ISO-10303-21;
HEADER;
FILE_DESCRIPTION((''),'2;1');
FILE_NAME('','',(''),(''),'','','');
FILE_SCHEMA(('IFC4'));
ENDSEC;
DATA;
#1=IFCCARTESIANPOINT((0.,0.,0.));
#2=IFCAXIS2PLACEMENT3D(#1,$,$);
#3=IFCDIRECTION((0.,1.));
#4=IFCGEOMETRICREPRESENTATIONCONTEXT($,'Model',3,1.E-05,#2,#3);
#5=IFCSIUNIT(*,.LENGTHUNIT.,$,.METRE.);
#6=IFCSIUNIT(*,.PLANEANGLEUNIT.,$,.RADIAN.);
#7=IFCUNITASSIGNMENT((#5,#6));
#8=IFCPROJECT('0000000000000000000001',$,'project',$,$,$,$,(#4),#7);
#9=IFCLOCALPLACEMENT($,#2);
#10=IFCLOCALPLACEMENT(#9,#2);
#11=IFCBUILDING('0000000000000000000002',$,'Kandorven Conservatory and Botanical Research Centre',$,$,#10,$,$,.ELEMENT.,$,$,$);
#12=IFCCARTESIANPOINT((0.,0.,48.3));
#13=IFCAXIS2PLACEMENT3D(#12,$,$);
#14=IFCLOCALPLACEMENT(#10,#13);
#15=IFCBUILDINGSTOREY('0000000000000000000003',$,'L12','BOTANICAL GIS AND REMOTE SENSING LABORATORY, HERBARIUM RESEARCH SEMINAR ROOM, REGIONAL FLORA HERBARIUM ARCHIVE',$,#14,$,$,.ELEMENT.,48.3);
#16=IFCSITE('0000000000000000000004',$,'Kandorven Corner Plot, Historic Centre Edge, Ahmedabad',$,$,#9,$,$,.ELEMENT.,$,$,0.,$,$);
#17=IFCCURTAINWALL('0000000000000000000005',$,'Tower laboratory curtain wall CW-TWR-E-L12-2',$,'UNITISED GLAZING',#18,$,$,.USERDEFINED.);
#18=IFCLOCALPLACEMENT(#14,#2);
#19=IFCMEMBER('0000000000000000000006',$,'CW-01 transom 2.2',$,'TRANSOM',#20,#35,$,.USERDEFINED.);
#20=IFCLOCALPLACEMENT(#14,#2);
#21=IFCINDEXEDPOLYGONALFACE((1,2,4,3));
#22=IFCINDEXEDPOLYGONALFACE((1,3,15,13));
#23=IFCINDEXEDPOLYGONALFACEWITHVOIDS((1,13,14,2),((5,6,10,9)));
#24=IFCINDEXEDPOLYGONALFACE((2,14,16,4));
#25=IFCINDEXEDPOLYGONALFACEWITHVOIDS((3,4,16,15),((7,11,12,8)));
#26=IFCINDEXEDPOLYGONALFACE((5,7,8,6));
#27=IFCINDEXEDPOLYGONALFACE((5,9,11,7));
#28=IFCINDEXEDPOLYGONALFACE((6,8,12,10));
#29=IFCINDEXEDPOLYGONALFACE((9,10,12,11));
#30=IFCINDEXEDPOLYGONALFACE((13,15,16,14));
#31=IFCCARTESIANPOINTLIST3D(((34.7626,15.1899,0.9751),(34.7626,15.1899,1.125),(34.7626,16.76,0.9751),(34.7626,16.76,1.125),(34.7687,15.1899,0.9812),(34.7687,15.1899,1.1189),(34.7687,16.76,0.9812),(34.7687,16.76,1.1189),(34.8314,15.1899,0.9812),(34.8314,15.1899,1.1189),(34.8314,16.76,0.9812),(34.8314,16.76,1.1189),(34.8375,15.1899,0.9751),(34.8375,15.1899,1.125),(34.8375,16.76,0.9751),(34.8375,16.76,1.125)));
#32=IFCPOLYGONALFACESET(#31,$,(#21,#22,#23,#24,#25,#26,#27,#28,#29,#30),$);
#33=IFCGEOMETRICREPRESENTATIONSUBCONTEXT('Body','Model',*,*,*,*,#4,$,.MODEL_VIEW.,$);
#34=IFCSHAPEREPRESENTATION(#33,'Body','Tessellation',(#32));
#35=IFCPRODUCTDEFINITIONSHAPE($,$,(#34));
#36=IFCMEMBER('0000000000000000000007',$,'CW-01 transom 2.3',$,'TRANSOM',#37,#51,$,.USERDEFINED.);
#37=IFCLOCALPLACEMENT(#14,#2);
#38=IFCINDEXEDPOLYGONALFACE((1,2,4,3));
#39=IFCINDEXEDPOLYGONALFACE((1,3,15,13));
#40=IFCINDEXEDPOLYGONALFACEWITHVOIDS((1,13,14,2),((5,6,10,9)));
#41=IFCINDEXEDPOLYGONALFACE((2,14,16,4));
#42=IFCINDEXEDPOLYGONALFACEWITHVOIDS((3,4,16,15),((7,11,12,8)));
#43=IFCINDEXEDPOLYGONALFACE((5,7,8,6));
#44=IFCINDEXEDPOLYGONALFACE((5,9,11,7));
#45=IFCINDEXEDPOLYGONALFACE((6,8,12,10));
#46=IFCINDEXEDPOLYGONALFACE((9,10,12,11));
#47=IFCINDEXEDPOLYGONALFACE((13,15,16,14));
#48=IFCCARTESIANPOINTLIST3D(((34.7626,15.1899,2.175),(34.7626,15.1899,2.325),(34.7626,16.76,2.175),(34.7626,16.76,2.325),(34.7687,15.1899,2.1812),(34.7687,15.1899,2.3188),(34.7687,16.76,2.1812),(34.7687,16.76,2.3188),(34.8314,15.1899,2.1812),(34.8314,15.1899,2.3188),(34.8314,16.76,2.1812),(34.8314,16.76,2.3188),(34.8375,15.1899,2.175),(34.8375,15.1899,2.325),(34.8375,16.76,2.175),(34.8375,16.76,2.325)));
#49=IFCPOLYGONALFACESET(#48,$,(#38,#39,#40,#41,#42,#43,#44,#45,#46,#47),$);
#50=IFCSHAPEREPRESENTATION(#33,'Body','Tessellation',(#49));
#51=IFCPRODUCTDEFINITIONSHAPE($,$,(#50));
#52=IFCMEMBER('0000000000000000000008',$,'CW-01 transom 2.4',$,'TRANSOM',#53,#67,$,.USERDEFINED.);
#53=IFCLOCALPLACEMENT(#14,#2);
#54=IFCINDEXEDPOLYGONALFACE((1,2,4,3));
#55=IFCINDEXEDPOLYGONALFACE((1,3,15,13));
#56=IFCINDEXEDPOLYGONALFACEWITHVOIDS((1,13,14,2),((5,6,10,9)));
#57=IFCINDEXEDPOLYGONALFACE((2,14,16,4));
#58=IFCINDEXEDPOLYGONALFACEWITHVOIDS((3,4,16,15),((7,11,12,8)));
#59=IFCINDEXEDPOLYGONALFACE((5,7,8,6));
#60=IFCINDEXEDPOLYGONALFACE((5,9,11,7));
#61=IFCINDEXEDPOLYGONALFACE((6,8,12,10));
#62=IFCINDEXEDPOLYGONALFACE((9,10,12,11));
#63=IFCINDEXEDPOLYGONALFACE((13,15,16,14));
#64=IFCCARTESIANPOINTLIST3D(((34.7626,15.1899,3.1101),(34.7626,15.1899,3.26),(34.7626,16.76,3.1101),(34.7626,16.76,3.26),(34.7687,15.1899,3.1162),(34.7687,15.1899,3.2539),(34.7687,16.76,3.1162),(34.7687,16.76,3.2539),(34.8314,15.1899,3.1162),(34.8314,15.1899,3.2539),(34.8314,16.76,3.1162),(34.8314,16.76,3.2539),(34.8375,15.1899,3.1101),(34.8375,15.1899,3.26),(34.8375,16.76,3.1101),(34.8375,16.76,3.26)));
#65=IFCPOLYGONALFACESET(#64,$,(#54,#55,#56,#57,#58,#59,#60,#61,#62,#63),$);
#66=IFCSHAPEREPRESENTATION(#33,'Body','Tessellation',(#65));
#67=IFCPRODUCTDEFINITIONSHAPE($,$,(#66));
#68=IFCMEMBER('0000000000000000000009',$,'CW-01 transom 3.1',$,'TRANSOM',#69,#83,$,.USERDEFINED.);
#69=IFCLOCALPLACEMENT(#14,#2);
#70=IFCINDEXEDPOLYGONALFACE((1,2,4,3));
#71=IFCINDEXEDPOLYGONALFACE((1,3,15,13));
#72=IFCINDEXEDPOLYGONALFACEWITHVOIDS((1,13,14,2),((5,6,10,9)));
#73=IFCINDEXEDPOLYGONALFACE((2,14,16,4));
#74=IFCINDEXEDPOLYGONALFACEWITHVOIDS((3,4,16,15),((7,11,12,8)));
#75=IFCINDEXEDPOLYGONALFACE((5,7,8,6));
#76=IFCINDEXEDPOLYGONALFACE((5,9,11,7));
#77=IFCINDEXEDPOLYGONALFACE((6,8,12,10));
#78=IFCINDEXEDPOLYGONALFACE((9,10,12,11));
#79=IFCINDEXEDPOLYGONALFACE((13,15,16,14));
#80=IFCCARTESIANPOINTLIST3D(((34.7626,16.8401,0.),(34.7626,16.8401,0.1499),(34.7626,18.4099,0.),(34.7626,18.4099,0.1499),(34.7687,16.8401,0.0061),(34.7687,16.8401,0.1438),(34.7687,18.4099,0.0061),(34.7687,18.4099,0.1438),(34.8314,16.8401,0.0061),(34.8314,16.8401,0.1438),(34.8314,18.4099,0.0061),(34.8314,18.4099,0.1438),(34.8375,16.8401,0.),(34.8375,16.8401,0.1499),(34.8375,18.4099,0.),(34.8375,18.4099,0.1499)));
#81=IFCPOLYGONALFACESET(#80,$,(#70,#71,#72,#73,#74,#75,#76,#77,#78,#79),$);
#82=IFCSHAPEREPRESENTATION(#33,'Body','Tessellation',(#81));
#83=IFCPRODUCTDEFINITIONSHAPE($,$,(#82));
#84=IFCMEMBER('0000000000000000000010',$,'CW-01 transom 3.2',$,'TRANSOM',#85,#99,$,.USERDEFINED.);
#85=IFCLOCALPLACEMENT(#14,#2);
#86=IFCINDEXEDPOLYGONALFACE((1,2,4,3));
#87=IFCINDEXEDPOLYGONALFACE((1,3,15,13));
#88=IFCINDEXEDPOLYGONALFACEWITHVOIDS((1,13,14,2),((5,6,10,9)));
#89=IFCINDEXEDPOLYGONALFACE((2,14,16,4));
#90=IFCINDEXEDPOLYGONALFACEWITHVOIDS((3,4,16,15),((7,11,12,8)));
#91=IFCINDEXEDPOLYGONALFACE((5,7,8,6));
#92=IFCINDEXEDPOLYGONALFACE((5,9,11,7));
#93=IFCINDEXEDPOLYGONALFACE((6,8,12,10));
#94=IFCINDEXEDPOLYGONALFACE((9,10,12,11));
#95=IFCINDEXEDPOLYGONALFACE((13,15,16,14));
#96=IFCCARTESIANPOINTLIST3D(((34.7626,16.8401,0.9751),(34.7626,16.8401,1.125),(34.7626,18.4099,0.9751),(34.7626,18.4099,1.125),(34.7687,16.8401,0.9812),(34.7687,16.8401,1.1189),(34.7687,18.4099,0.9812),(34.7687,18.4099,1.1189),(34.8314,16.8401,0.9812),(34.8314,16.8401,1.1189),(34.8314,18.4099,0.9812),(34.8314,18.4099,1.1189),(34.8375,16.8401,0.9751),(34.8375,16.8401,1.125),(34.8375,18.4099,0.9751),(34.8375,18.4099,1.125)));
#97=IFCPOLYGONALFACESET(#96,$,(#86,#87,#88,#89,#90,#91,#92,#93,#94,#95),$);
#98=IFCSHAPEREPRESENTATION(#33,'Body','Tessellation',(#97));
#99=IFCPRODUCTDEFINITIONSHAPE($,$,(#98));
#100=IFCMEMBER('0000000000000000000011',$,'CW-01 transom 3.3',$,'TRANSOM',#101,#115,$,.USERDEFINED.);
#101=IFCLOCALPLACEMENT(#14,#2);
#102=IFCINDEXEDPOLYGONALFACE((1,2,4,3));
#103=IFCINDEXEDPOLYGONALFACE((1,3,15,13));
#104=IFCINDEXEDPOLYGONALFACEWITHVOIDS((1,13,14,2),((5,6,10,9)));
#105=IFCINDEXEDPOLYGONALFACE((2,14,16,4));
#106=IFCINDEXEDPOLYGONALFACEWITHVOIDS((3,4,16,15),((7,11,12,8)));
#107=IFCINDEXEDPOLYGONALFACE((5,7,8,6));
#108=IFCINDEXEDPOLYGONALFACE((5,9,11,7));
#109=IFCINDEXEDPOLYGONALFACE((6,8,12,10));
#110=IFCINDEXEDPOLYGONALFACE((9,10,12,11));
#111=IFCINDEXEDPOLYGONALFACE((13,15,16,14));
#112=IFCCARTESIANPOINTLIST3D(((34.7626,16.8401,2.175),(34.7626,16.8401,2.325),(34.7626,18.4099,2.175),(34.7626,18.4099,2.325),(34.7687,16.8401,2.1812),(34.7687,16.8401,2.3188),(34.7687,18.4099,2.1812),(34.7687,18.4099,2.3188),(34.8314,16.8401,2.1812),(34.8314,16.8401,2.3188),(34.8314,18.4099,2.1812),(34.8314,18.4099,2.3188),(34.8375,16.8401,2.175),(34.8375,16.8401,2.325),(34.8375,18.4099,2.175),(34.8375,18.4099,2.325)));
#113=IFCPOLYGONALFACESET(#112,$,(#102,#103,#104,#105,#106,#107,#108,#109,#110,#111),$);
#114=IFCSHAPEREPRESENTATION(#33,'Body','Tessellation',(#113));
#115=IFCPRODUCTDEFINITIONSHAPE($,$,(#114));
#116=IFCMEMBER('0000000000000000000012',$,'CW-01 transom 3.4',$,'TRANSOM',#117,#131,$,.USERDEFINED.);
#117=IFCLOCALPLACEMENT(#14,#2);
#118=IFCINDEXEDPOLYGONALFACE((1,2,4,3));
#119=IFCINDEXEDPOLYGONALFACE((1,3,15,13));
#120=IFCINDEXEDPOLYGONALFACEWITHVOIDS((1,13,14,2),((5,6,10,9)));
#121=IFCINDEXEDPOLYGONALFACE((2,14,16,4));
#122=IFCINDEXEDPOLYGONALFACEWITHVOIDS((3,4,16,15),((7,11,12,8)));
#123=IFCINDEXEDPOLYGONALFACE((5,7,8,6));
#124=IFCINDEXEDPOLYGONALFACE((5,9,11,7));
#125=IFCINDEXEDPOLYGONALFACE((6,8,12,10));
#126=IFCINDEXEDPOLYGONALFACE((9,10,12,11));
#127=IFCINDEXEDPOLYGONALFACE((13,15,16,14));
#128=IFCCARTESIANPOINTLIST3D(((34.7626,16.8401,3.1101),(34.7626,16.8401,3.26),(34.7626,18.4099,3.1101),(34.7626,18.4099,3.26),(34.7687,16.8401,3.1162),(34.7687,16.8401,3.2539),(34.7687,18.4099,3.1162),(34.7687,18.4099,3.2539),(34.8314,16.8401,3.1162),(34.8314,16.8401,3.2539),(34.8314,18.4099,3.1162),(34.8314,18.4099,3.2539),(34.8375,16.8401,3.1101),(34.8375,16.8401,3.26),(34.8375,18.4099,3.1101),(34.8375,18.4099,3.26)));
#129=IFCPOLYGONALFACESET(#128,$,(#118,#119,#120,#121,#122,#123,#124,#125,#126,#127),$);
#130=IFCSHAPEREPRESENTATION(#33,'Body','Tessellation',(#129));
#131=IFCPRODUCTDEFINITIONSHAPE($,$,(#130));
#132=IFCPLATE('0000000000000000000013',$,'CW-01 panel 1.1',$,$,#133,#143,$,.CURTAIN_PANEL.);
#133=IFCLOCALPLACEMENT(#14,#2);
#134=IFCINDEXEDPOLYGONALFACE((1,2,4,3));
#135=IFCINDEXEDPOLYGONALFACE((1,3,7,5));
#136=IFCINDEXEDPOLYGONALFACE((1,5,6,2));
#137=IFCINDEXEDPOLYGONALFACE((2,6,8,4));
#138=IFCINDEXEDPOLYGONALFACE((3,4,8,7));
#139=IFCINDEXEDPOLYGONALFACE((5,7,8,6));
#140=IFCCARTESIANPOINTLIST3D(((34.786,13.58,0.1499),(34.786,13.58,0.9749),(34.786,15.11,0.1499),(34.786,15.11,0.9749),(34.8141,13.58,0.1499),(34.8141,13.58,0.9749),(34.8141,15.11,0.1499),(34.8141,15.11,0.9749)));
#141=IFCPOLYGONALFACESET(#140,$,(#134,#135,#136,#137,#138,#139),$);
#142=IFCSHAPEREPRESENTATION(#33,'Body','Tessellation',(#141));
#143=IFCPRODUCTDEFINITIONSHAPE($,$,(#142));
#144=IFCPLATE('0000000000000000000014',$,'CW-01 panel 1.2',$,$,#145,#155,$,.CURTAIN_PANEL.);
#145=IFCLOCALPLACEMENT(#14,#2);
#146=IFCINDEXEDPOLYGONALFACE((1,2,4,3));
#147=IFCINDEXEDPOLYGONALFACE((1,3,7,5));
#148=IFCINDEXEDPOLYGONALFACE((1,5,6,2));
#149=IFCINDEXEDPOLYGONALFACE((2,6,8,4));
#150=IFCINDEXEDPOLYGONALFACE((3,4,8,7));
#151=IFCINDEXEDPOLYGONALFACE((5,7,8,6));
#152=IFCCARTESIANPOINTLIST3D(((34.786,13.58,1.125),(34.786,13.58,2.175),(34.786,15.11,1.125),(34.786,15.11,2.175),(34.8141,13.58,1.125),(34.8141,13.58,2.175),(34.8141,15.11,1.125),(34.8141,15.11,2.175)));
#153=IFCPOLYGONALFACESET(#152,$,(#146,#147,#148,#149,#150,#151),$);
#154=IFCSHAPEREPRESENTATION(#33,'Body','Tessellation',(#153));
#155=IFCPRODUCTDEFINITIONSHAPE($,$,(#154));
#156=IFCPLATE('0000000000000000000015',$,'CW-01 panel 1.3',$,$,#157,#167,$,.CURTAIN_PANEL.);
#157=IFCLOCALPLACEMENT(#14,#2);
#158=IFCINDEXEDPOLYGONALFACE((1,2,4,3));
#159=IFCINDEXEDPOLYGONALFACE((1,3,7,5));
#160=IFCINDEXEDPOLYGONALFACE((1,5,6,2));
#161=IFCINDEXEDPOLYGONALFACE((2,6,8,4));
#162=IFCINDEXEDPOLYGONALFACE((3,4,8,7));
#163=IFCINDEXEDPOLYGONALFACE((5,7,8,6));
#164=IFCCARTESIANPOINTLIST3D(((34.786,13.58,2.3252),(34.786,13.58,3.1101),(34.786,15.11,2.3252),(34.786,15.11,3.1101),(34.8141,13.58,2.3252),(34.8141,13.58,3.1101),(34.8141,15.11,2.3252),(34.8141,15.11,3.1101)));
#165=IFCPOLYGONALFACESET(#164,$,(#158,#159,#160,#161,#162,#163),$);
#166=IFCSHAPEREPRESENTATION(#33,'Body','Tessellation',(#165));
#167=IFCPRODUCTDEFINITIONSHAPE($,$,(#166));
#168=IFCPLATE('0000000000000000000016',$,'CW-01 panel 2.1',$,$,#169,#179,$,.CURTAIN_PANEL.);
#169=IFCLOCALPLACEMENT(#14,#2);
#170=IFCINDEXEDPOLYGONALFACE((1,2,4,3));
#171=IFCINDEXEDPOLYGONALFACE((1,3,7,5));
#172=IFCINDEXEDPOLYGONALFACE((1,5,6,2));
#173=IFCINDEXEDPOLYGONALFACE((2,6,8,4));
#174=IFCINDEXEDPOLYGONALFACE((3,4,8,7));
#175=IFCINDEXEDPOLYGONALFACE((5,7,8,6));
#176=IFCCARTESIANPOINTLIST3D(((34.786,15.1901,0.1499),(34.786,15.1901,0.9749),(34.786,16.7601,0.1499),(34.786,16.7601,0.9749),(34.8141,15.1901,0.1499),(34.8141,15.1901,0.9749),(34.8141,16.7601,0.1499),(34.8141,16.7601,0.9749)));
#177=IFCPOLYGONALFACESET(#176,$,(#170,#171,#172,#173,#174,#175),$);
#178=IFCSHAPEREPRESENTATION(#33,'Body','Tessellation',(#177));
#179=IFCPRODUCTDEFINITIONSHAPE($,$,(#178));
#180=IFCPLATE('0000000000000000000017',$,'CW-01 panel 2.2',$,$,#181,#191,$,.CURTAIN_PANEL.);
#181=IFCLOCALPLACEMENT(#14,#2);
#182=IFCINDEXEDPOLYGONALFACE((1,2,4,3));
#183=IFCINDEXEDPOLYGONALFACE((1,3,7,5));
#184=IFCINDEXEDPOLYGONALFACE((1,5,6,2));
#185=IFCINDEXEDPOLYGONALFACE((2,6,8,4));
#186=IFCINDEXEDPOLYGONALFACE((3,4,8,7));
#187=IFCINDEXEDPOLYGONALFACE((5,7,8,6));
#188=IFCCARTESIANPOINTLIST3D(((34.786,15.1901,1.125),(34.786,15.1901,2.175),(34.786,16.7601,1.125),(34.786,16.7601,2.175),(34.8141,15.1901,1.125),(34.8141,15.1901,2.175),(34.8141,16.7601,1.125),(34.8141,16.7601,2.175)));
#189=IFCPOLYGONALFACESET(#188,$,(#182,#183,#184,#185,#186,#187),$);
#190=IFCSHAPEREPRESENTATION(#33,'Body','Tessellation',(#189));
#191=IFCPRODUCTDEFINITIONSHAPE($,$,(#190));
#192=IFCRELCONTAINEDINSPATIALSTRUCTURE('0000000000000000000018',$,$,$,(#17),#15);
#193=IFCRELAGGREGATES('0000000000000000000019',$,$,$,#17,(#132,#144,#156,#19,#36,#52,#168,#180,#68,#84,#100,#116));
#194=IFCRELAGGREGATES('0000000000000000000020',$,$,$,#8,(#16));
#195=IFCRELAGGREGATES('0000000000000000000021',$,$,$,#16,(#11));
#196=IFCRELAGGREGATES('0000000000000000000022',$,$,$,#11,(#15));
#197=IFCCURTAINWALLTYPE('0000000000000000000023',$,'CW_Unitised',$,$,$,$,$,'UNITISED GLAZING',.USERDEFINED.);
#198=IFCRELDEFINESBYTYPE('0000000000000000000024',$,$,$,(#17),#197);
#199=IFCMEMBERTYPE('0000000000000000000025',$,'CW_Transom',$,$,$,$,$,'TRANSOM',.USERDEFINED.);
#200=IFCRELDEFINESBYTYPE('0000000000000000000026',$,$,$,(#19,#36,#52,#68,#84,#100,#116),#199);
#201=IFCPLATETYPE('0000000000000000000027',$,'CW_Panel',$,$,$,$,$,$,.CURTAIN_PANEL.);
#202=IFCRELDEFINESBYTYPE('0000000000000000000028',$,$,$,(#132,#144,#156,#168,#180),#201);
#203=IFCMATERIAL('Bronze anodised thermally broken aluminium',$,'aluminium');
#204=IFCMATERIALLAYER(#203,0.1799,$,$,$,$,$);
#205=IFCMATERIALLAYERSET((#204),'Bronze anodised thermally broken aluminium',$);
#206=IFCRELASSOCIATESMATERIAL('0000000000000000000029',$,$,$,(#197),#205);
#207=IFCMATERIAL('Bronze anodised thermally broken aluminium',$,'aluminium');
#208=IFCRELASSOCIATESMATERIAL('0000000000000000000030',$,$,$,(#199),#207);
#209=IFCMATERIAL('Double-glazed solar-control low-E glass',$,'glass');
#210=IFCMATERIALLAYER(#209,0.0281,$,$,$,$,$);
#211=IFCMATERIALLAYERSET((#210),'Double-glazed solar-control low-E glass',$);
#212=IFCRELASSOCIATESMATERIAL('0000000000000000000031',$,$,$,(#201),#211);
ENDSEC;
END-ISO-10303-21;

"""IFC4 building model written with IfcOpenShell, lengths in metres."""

from ifc_helpers import new_model, si_unit, direction, frame, origin, origin_2d, place, context, subcontext, project, spatial, rectangle, hollow_rectangle, extrude, material, layer, layer_set, material_profile, profile_set, type_object, element, aggregate, save


model = new_model("IFC4")

# Units and contexts
model_context = context("Model", 3, precision=1e-05, world=origin(), true_north=direction((0.0, 1.0)))
body_context = subcontext(model_context, "Body", "Model", "MODEL_VIEW")
ifc_project = project(units=[si_unit("LENGTHUNIT", "METRE"), si_unit("PLANEANGLEUNIT", "RADIAN")], contexts=[model_context])

# Site, building, storey
site_placement = place(None, origin())
site = spatial("IfcSite", under=ifc_project, at=site_placement, Name="Kandorven Corner Plot, Historic Centre Edge, Ahmedabad", CompositionType="ELEMENT", RefElevation=0.0)
building_placement = place(site_placement, origin())
building = spatial("IfcBuilding", under=site, at=building_placement, Name="Kandorven Conservatory and Botanical Research Centre", CompositionType="ELEMENT")
storey_placement = place(building_placement, frame((0.0, 0.0, 48.3)))
storey = spatial("IfcBuildingStorey", under=building, at=storey_placement, Name="L12", Description="BOTANICAL GIS AND REMOTE SENSING LABORATORY, HERBARIUM RESEARCH SEMINAR ROOM, REGIONAL FLORA HERBARIUM ARCHIVE", CompositionType="ELEMENT", Elevation=48.3)

# Curtain wall, members, plates
ifc_material_1 = material(Name="Bronze anodised thermally broken aluminium", Category="aluminium")
ifc_layer_1 = layer(ifc_material_1, 0.1799)
ifc_layer_set_1 = layer_set([ifc_layer_1], Name="Bronze anodised thermally broken aluminium")
curtain_wall_type = type_object("IfcCurtainWallType", Name="CW_Unitised", ElementType="UNITISED GLAZING", PredefinedType="USERDEFINED", material=ifc_layer_set_1)
curtain_wall_placement = place(storey_placement, origin())
curtain_wall = element("IfcCurtainWall", 1, at=curtain_wall_placement, inside=storey, type_object=curtain_wall_type, Name="Tower laboratory curtain wall CW-TWR-E-L12-2", ObjectType="UNITISED GLAZING", PredefinedType="USERDEFINED")
ifc_material_2 = material(Name="Bronze anodised thermally broken aluminium", Category="aluminium")
ifc_material_profile_1 = material_profile(ifc_material_2, hollow_rectangle(XDim=0.075, YDim=0.1499, WallThickness=0.0061, at=origin_2d()))
ifc_profile_set_1 = profile_set([ifc_material_profile_1], Name="Bronze anodised thermally broken aluminium")
member_type_1 = type_object("IfcMemberType", Name="CW_Transom", ElementType="TRANSOM", PredefinedType="USERDEFINED", material=ifc_profile_set_1)
member_1_placement = place(storey_placement, frame((34.8, 15.1899, 1.05), z_axis=(0.0, 1.0, 0.0), x_axis=(-1.0, 0.0, 0.0)))
member_1 = element("IfcMember", 2, at=member_1_placement, type_object=member_type_1, Name="CW-01 transom 2.2", ObjectType="TRANSOM", PredefinedType="USERDEFINED", context=body_context, shape_type="SweptSolid", body=[
    extrude(hollow_rectangle(XDim=0.075, YDim=0.1499, WallThickness=0.0061, at=origin_2d()), origin(), (0.0, 0.0, 1.0), 1.5701),
])
member_2_placement = place(storey_placement, frame((34.8, 15.1899, 2.25), z_axis=(0.0, 1.0, 0.0), x_axis=(-1.0, 0.0, 0.0)))
member_2 = element("IfcMember", 3, at=member_2_placement, type_object=member_type_1, Name="CW-01 transom 2.3", ObjectType="TRANSOM", PredefinedType="USERDEFINED", context=body_context, shape_type="SweptSolid", body=[
    extrude(hollow_rectangle(XDim=0.075, YDim=0.1499, WallThickness=0.0061, at=origin_2d()), origin(), (0.0, 0.0, 1.0), 1.5701),
])
member_3_placement = place(storey_placement, frame((34.8, 15.1899, 3.1851), z_axis=(0.0, 1.0, 0.0), x_axis=(-1.0, 0.0, 0.0)))
member_3 = element("IfcMember", 4, at=member_3_placement, type_object=member_type_1, Name="CW-01 transom 2.4", ObjectType="TRANSOM", PredefinedType="USERDEFINED", context=body_context, shape_type="SweptSolid", body=[
    extrude(hollow_rectangle(XDim=0.075, YDim=0.1499, WallThickness=0.0061, at=origin_2d()), origin(), (0.0, 0.0, 1.0), 1.5701),
])
member_4_placement = place(storey_placement, frame((34.8, 16.8401, 0.075), z_axis=(0.0, 1.0, 0.0), x_axis=(-1.0, 0.0, 0.0)))
member_4 = element("IfcMember", 5, at=member_4_placement, type_object=member_type_1, Name="CW-01 transom 3.1", ObjectType="TRANSOM", PredefinedType="USERDEFINED", context=body_context, shape_type="SweptSolid", body=[
    extrude(hollow_rectangle(XDim=0.075, YDim=0.1499, WallThickness=0.0061, at=origin_2d()), origin(), (0.0, 0.0, 1.0), 1.5698),
])
member_5_placement = place(storey_placement, frame((34.8, 16.8401, 1.05), z_axis=(0.0, 1.0, 0.0), x_axis=(-1.0, 0.0, 0.0)))
member_5 = element("IfcMember", 6, at=member_5_placement, type_object=member_type_1, Name="CW-01 transom 3.2", ObjectType="TRANSOM", PredefinedType="USERDEFINED", context=body_context, shape_type="SweptSolid", body=[
    extrude(hollow_rectangle(XDim=0.075, YDim=0.1499, WallThickness=0.0061, at=origin_2d()), origin(), (0.0, 0.0, 1.0), 1.5698),
])
member_6_placement = place(storey_placement, frame((34.8, 16.8401, 2.25), z_axis=(0.0, 1.0, 0.0), x_axis=(-1.0, 0.0, 0.0)))
member_6 = element("IfcMember", 7, at=member_6_placement, type_object=member_type_1, Name="CW-01 transom 3.3", ObjectType="TRANSOM", PredefinedType="USERDEFINED", context=body_context, shape_type="SweptSolid", body=[
    extrude(hollow_rectangle(XDim=0.075, YDim=0.1499, WallThickness=0.0061, at=origin_2d()), origin(), (0.0, 0.0, 1.0), 1.5698),
])
member_7_placement = place(storey_placement, frame((34.8, 16.8401, 3.1851), z_axis=(0.0, 1.0, 0.0), x_axis=(-1.0, 0.0, 0.0)))
member_7 = element("IfcMember", 8, at=member_7_placement, type_object=member_type_1, Name="CW-01 transom 3.4", ObjectType="TRANSOM", PredefinedType="USERDEFINED", context=body_context, shape_type="SweptSolid", body=[
    extrude(hollow_rectangle(XDim=0.075, YDim=0.1499, WallThickness=0.0061, at=origin_2d()), origin(), (0.0, 0.0, 1.0), 1.5698),
])
ifc_material_3 = material(Name="Double-glazed solar-control low-E glass", Category="glass")
ifc_layer_2 = layer(ifc_material_3, 0.0281)
ifc_layer_set_2 = layer_set([ifc_layer_2], Name="Double-glazed solar-control low-E glass")
plate_type_1 = type_object("IfcPlateType", Name="CW_Panel", PredefinedType="CURTAIN_PANEL", material=ifc_layer_set_2)
plate_1_placement = place(storey_placement, frame((34.8, 14.345, 0.1499), z_axis=(0.0, 0.0, 1.0), x_axis=(0.0, 1.0, 0.0)))
plate_1 = element("IfcPlate", 9, at=plate_1_placement, type_object=plate_type_1, Name="CW-01 panel 1.1", PredefinedType="CURTAIN_PANEL", context=body_context, shape_type="SweptSolid", body=[
    extrude(rectangle(XDim=1.53, YDim=0.0281, at=origin_2d()), origin(), (0.0, 0.0, 1.0), 0.825),
])
plate_2_placement = place(storey_placement, frame((34.8, 14.345, 1.125), z_axis=(0.0, 0.0, 1.0), x_axis=(0.0, 1.0, 0.0)))
plate_2 = element("IfcPlate", 10, at=plate_2_placement, type_object=plate_type_1, Name="CW-01 panel 1.2", PredefinedType="CURTAIN_PANEL", context=body_context, shape_type="SweptSolid", body=[
    extrude(rectangle(XDim=1.53, YDim=0.0281, at=origin_2d()), origin(), (0.0, 0.0, 1.0), 1.05),
])
plate_3_placement = place(storey_placement, frame((34.8, 14.345, 2.3252), z_axis=(0.0, 0.0, 1.0), x_axis=(0.0, 1.0, 0.0)))
plate_3 = element("IfcPlate", 11, at=plate_3_placement, type_object=plate_type_1, Name="CW-01 panel 1.3", PredefinedType="CURTAIN_PANEL", context=body_context, shape_type="SweptSolid", body=[
    extrude(rectangle(XDim=1.53, YDim=0.0281, at=origin_2d()), origin(), (0.0, 0.0, 1.0), 0.7849),
])
plate_4_placement = place(storey_placement, frame((34.8, 15.9751, 0.1499), z_axis=(0.0, 0.0, 1.0), x_axis=(0.0, 1.0, 0.0)))
plate_4 = element("IfcPlate", 12, at=plate_4_placement, type_object=plate_type_1, Name="CW-01 panel 2.1", PredefinedType="CURTAIN_PANEL", context=body_context, shape_type="SweptSolid", body=[
    extrude(rectangle(XDim=1.5701, YDim=0.0281, at=origin_2d()), origin(), (0.0, 0.0, 1.0), 0.825),
])
plate_5_placement = place(storey_placement, frame((34.8, 15.9751, 1.125), z_axis=(0.0, 0.0, 1.0), x_axis=(0.0, 1.0, 0.0)))
plate_5 = element("IfcPlate", 13, at=plate_5_placement, type_object=plate_type_1, Name="CW-01 panel 2.2", PredefinedType="CURTAIN_PANEL", context=body_context, shape_type="SweptSolid", body=[
    extrude(rectangle(XDim=1.5701, YDim=0.0281, at=origin_2d()), origin(), (0.0, 0.0, 1.0), 1.05),
])
aggregate(curtain_wall, [plate_1, plate_2, plate_3, member_1, member_2, member_3, plate_4, plate_5, member_4, member_5, member_6, member_7])

save(model, "model.ifc")
